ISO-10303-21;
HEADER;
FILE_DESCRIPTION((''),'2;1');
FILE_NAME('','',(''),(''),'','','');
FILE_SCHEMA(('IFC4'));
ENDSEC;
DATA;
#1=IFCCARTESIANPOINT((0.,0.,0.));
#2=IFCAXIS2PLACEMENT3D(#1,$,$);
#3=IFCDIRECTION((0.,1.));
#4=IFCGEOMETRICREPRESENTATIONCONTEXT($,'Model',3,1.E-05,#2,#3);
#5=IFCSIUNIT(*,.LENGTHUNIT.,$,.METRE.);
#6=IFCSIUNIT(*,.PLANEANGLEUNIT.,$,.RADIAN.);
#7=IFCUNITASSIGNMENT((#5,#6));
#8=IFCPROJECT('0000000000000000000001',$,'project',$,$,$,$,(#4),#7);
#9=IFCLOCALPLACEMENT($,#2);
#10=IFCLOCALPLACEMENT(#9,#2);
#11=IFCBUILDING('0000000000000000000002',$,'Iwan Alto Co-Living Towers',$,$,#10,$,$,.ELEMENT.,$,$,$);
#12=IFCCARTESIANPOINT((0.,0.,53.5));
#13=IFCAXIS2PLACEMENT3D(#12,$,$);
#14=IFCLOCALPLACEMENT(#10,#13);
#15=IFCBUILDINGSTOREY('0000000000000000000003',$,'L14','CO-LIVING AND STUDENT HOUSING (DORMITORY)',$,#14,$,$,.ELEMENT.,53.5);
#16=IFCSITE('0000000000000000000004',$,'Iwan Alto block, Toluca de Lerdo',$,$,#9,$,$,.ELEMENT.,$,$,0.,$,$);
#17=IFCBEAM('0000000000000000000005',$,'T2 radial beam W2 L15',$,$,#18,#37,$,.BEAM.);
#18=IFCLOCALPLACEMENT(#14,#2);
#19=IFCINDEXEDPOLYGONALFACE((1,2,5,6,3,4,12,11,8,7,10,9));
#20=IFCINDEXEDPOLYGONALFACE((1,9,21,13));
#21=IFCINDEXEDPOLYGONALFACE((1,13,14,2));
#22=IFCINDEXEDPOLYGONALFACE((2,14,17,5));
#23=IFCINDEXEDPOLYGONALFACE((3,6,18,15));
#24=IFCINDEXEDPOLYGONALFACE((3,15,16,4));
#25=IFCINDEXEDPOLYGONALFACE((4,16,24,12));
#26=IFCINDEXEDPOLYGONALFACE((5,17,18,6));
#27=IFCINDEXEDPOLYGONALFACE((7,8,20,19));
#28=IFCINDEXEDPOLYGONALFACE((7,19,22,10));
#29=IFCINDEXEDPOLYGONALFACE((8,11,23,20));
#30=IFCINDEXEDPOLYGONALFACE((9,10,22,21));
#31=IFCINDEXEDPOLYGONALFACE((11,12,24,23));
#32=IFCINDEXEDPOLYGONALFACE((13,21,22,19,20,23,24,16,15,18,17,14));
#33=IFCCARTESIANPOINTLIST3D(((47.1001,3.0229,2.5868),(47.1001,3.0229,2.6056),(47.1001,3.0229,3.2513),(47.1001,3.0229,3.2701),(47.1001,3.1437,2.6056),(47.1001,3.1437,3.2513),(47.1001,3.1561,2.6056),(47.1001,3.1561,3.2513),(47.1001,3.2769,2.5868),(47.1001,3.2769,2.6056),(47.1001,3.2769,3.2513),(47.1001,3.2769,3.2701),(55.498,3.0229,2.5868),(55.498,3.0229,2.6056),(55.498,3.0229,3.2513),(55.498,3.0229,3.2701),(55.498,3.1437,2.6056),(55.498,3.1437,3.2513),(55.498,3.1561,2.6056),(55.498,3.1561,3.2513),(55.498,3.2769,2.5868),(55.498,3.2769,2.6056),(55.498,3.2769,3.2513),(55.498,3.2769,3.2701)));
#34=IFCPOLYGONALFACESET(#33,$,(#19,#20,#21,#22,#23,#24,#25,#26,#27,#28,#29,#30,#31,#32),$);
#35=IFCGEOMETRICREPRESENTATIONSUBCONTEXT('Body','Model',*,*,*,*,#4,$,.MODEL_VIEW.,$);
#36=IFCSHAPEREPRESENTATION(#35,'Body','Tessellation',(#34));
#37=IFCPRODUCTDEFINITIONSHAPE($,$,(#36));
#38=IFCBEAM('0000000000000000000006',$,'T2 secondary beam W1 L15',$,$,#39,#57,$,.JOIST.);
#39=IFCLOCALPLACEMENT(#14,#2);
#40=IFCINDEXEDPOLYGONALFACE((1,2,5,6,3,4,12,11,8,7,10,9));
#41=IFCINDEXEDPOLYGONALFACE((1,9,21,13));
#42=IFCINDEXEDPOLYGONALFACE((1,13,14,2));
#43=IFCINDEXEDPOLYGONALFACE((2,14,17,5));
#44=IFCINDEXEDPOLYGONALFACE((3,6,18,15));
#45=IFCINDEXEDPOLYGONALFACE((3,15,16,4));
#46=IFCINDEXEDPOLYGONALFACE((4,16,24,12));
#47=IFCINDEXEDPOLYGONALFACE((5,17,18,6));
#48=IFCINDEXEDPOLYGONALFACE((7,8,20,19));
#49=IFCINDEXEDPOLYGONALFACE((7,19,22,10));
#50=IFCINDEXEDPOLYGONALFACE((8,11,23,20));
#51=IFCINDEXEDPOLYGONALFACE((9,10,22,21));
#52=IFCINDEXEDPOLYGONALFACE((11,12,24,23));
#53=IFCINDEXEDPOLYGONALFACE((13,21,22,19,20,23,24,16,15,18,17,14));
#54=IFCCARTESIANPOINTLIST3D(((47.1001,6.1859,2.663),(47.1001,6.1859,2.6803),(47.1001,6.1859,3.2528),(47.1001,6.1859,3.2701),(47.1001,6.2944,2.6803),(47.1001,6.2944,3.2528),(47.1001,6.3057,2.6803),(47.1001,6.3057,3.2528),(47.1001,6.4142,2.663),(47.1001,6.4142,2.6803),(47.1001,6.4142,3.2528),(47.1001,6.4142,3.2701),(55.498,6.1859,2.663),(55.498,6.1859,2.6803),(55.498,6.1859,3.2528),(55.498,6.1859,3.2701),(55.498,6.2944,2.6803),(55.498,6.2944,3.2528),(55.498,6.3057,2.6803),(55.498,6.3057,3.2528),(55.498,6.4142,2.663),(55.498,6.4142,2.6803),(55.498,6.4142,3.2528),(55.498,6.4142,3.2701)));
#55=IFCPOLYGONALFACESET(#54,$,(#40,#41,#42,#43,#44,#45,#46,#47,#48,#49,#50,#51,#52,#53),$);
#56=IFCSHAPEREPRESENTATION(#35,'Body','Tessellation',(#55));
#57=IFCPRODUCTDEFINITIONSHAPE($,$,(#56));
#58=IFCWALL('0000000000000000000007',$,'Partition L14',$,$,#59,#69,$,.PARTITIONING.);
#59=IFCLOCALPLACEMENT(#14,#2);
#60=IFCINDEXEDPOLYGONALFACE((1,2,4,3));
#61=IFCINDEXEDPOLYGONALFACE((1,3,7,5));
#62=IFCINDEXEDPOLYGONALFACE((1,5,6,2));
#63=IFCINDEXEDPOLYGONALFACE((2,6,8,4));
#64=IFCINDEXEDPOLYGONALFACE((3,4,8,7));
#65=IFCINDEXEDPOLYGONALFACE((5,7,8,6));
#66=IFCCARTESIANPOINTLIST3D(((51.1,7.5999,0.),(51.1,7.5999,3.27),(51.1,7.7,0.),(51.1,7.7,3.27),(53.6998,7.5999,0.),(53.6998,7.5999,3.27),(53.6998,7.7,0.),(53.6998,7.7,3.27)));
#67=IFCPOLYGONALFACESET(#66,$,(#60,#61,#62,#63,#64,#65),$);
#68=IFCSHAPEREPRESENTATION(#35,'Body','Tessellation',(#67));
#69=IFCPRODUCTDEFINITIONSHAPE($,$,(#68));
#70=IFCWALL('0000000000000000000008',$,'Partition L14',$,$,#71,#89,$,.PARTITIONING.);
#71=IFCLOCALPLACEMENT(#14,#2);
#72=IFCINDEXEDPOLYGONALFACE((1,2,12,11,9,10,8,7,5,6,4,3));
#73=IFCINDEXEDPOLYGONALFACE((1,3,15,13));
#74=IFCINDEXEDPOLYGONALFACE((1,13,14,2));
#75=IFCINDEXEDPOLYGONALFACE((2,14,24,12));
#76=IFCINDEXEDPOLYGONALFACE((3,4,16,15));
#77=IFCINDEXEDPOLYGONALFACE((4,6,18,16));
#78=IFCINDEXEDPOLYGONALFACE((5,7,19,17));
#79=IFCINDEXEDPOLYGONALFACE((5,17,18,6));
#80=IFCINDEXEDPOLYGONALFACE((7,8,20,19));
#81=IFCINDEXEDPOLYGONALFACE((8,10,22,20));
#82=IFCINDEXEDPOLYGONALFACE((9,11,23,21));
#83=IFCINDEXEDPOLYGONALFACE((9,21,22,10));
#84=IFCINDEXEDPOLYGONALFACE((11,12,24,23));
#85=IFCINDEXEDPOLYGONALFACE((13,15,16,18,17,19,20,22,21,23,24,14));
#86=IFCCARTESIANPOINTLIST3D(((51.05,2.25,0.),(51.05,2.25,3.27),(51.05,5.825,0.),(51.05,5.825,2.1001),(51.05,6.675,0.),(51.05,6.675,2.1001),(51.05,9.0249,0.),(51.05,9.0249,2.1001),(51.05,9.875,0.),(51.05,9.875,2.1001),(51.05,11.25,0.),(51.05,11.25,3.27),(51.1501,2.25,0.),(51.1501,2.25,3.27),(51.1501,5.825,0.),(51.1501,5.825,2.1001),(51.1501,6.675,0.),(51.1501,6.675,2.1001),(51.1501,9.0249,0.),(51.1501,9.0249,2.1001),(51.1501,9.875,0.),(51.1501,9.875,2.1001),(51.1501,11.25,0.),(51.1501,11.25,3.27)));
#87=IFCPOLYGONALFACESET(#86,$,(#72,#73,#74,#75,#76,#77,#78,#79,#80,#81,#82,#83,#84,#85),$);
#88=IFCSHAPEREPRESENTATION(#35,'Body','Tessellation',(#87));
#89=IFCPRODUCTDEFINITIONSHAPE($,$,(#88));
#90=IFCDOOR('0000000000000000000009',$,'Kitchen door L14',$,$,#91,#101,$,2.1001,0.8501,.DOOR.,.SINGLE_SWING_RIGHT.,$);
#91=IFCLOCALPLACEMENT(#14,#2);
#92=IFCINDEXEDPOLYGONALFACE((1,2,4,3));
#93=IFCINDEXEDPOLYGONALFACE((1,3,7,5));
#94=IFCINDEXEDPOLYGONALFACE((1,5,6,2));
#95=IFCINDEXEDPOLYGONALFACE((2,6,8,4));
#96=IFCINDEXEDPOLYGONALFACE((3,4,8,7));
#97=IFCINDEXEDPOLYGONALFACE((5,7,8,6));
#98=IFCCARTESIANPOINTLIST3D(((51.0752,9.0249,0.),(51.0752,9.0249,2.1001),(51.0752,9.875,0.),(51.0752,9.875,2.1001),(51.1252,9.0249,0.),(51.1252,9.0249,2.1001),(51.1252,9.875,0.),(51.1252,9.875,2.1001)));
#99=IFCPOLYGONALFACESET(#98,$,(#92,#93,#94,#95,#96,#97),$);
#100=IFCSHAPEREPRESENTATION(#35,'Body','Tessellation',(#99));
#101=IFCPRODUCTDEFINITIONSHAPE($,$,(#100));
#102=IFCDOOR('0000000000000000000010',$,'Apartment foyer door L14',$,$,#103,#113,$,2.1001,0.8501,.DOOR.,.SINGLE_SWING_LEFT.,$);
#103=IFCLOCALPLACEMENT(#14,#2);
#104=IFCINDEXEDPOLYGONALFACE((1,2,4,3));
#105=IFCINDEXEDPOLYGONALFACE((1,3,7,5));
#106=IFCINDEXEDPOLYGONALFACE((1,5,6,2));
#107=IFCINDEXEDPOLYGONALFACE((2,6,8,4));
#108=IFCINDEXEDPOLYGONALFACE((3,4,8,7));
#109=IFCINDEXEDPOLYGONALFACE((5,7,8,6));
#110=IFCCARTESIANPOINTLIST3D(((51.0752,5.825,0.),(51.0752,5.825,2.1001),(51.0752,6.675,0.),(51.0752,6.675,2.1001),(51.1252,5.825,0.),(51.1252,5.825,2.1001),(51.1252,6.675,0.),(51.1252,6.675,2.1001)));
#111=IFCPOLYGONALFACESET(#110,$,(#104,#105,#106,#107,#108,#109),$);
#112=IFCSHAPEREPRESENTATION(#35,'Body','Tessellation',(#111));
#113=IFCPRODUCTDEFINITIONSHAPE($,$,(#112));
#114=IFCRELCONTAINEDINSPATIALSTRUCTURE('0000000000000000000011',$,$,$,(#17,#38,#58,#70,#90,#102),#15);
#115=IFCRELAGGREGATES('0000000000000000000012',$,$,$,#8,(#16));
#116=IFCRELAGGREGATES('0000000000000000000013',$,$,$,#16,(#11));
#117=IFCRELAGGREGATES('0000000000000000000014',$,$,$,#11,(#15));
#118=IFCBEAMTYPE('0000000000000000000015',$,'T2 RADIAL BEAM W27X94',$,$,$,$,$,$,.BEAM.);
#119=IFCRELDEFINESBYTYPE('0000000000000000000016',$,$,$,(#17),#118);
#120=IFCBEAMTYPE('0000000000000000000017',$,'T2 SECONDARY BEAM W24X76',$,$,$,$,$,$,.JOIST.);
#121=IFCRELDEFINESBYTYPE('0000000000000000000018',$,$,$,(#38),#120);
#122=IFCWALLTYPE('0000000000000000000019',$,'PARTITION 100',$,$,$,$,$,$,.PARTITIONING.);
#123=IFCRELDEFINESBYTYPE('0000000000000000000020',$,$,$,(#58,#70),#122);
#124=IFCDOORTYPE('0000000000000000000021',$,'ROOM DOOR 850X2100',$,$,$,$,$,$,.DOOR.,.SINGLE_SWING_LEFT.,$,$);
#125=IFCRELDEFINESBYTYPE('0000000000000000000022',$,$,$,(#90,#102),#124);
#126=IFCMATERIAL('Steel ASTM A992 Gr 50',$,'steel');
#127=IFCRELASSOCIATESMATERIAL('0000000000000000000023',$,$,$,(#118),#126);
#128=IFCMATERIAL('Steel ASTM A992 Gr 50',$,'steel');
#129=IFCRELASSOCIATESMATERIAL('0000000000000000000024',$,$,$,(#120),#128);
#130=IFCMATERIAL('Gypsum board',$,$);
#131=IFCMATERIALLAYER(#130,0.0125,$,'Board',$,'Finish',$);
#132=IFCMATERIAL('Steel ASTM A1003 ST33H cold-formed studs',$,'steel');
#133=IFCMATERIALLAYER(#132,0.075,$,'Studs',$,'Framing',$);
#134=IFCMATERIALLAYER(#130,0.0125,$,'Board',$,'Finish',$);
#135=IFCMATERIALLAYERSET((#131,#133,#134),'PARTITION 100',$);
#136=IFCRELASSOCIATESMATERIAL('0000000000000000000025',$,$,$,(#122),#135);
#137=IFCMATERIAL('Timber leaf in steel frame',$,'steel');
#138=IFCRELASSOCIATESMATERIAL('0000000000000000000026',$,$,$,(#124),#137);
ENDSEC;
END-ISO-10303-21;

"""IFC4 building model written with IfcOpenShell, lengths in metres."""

from ifc_helpers import new_model, si_unit, direction, frame, frame_2d, origin, origin_2d, place, context, subcontext, project, spatial, rectangle, i_section, extrude, material, layer, layer_set, material_profile, profile_set, type_object, element, fill, save


model = new_model("IFC4")

# Units and contexts
model_context = context("Model", 3, precision=1e-05, world=origin(), true_north=direction((0.0, 1.0)))
body_context = subcontext(model_context, "Body", "Model", "MODEL_VIEW")
ifc_project = project(units=[si_unit("LENGTHUNIT", "METRE"), si_unit("PLANEANGLEUNIT", "RADIAN")], contexts=[model_context])

# Site, building, storey
site_placement = place(None, origin())
site = spatial("IfcSite", under=ifc_project, at=site_placement, Name="Iwan Alto block, Toluca de Lerdo", CompositionType="ELEMENT", RefElevation=0.0)
building_placement = place(site_placement, origin())
building = spatial("IfcBuilding", under=site, at=building_placement, Name="Iwan Alto Co-Living Towers", CompositionType="ELEMENT")
storey_placement = place(building_placement, frame((0.0, 0.0, 53.5)))
storey = spatial("IfcBuildingStorey", under=building, at=storey_placement, Name="L14", Description="CO-LIVING AND STUDENT HOUSING (DORMITORY)", CompositionType="ELEMENT", Elevation=53.5)

# Beams
ifc_material_1 = material(Name="Steel ASTM A992 Gr 50", Category="steel")
ifc_material_profile_1 = material_profile(ifc_material_1, i_section(OverallWidth=0.2539, OverallDepth=0.6833, WebThickness=0.0125, FlangeThickness=0.0188, at=origin_2d()), Name="W27X94")
ifc_profile_set_1 = profile_set([ifc_material_profile_1], Name="Steel ASTM A992 Gr 50")
beam_type_1 = type_object("IfcBeamType", Name="T2 RADIAL BEAM W27X94", PredefinedType="BEAM", material=ifc_profile_set_1)
beam_1_placement = place(storey_placement, frame((47.1001, 3.1499, 2.9285), z_axis=(1.0, 0.0, 0.0), x_axis=(0.0, 1.0, 0.0)))
element("IfcBeam", 1, at=beam_1_placement, inside=storey, type_object=beam_type_1, Name="T2 radial beam W2 L15", PredefinedType="BEAM", context=body_context, shape_type="SweptSolid", body=[
    extrude(i_section(OverallWidth=0.2539, OverallDepth=0.6833, WebThickness=0.0125, FlangeThickness=0.0188, at=origin_2d()), origin(), (0.0, 0.0, 1.0), 8.3979),
])
ifc_material_2 = material(Name="Steel ASTM A992 Gr 50", Category="steel")
ifc_material_profile_2 = material_profile(ifc_material_2, i_section(OverallWidth=0.2283, OverallDepth=0.6072, WebThickness=0.0112, FlangeThickness=0.0173, at=origin_2d()), Name="W24X76")
ifc_profile_set_2 = profile_set([ifc_material_profile_2], Name="Steel ASTM A992 Gr 50")
beam_type_2 = type_object("IfcBeamType", Name="T2 SECONDARY BEAM W24X76", PredefinedType="JOIST", material=ifc_profile_set_2)
beam_2_placement = place(storey_placement, frame((47.1001, 6.3, 2.9666), z_axis=(1.0, 0.0, 0.0), x_axis=(0.0, 1.0, 0.0)))
element("IfcBeam", 2, at=beam_2_placement, inside=storey, type_object=beam_type_2, Name="T2 secondary beam W1 L15", PredefinedType="JOIST", context=body_context, shape_type="SweptSolid", body=[
    extrude(i_section(OverallWidth=0.2283, OverallDepth=0.6072, WebThickness=0.0112, FlangeThickness=0.0173, at=origin_2d()), origin(), (0.0, 0.0, 1.0), 8.3979),
])

# Wall
ifc_material_3 = material(Name="Gypsum board")
ifc_layer_1 = layer(ifc_material_3, 0.0125, Name="Board", Category="Finish")
ifc_material_4 = material(Name="Steel ASTM A1003 ST33H cold-formed studs", Category="steel")
ifc_layer_2 = layer(ifc_material_4, 0.075, Name="Studs", Category="Framing")
ifc_layer_3 = layer(ifc_material_3, 0.0125, Name="Board", Category="Finish")
ifc_layer_set_1 = layer_set([ifc_layer_1, ifc_layer_2, ifc_layer_3], Name="PARTITION 100")
wall_type_1 = type_object("IfcWallType", Name="PARTITION 100", PredefinedType="PARTITIONING", material=ifc_layer_set_1)
wall_1_placement = place(storey_placement, frame((51.1001, 7.6499, 0.0), z_axis=(0.0, 0.0, 1.0), x_axis=(1.0, 0.0, 0.0)))
element("IfcWall", 3, at=wall_1_placement, inside=storey, type_object=wall_type_1, Name="Partition L14", PredefinedType="PARTITIONING", context=body_context, shape_type="SweptSolid", body=[
    extrude(rectangle(XDim=2.5999, YDim=0.1001, at=frame_2d((1.2998, 0.0))), origin(), (0.0, 0.0, 1.0), 3.27),
])

# Wall, openings, doors
wall_2_placement = place(storey_placement, frame((51.1001, 2.25, 0.0), z_axis=(0.0, 0.0, 1.0), x_axis=(0.0, 1.0, 0.0)))
wall_2 = element("IfcWall", 4, at=wall_2_placement, inside=storey, type_object=wall_type_1, Name="Partition L14", PredefinedType="PARTITIONING", context=body_context, shape_type="SweptSolid", body=[
    extrude(rectangle(XDim=9.0, YDim=0.1001, at=frame_2d((4.5, 0.0))), origin(), (0.0, 0.0, 1.0), 3.27),
])
opening_1_placement = place(wall_2_placement, frame((6.7749, 0.0, 0.0)))
opening_1 = element("IfcOpeningElement", 5, at=opening_1_placement, cuts=wall_2, PredefinedType="OPENING", context=body_context, shape_type="SweptSolid", body=[
    extrude(rectangle(XDim=0.8501, YDim=2.1001, at=frame_2d((0.425, 1.05))), frame((0.0, 0.0601, 0.0), z_axis=(0.0, -1.0, 0.0), x_axis=(1.0, 0.0, 0.0)), (0.0, 0.0, 1.0), 0.1201),
])
opening_2_placement = place(wall_2_placement, frame((3.575, 0.0, 0.0)))
opening_2 = element("IfcOpeningElement", 6, at=opening_2_placement, cuts=wall_2, PredefinedType="OPENING", context=body_context, shape_type="SweptSolid", body=[
    extrude(rectangle(XDim=0.8501, YDim=2.1001, at=frame_2d((0.425, 1.05))), frame((0.0, 0.0601, 0.0), z_axis=(0.0, -1.0, 0.0), x_axis=(1.0, 0.0, 0.0)), (0.0, 0.0, 1.0), 0.1201),
])
ifc_material_5 = material(Name="Timber leaf in steel frame", Category="steel")
door_type_1 = type_object("IfcDoorType", Name="ROOM DOOR 850X2100", OperationType="SINGLE_SWING_LEFT", PredefinedType="DOOR", material=ifc_material_5)
door_1_placement = place(opening_1_placement, origin())
door_1 = element("IfcDoor", 7, at=door_1_placement, inside=storey, type_object=door_type_1, Name="Kitchen door L14", OperationType="SINGLE_SWING_RIGHT", OverallHeight=2.1001, OverallWidth=0.8501, PredefinedType="DOOR", context=body_context, shape_type="SweptSolid", body=[
    extrude(rectangle(XDim=0.8501, YDim=2.1001, at=frame_2d((0.425, 1.05))), frame((0.0, 0.0249, 0.0), z_axis=(0.0, -1.0, 0.0), x_axis=(1.0, 0.0, 0.0)), (0.0, 0.0, 1.0), 0.05),
])
fill(opening_1, door_1)
door_2_placement = place(opening_2_placement, origin())
door_2 = element("IfcDoor", 8, at=door_2_placement, inside=storey, type_object=door_type_1, Name="Apartment foyer door L14", OperationType="SINGLE_SWING_LEFT", OverallHeight=2.1001, OverallWidth=0.8501, PredefinedType="DOOR", context=body_context, shape_type="SweptSolid", body=[
    extrude(rectangle(XDim=0.8501, YDim=2.1001, at=frame_2d((0.425, 1.05))), frame((0.0, 0.0249, 0.0), z_axis=(0.0, -1.0, 0.0), x_axis=(1.0, 0.0, 0.0)), (0.0, 0.0, 1.0), 0.05),
])
fill(opening_2, door_2)

save(model, "model.ifc")
